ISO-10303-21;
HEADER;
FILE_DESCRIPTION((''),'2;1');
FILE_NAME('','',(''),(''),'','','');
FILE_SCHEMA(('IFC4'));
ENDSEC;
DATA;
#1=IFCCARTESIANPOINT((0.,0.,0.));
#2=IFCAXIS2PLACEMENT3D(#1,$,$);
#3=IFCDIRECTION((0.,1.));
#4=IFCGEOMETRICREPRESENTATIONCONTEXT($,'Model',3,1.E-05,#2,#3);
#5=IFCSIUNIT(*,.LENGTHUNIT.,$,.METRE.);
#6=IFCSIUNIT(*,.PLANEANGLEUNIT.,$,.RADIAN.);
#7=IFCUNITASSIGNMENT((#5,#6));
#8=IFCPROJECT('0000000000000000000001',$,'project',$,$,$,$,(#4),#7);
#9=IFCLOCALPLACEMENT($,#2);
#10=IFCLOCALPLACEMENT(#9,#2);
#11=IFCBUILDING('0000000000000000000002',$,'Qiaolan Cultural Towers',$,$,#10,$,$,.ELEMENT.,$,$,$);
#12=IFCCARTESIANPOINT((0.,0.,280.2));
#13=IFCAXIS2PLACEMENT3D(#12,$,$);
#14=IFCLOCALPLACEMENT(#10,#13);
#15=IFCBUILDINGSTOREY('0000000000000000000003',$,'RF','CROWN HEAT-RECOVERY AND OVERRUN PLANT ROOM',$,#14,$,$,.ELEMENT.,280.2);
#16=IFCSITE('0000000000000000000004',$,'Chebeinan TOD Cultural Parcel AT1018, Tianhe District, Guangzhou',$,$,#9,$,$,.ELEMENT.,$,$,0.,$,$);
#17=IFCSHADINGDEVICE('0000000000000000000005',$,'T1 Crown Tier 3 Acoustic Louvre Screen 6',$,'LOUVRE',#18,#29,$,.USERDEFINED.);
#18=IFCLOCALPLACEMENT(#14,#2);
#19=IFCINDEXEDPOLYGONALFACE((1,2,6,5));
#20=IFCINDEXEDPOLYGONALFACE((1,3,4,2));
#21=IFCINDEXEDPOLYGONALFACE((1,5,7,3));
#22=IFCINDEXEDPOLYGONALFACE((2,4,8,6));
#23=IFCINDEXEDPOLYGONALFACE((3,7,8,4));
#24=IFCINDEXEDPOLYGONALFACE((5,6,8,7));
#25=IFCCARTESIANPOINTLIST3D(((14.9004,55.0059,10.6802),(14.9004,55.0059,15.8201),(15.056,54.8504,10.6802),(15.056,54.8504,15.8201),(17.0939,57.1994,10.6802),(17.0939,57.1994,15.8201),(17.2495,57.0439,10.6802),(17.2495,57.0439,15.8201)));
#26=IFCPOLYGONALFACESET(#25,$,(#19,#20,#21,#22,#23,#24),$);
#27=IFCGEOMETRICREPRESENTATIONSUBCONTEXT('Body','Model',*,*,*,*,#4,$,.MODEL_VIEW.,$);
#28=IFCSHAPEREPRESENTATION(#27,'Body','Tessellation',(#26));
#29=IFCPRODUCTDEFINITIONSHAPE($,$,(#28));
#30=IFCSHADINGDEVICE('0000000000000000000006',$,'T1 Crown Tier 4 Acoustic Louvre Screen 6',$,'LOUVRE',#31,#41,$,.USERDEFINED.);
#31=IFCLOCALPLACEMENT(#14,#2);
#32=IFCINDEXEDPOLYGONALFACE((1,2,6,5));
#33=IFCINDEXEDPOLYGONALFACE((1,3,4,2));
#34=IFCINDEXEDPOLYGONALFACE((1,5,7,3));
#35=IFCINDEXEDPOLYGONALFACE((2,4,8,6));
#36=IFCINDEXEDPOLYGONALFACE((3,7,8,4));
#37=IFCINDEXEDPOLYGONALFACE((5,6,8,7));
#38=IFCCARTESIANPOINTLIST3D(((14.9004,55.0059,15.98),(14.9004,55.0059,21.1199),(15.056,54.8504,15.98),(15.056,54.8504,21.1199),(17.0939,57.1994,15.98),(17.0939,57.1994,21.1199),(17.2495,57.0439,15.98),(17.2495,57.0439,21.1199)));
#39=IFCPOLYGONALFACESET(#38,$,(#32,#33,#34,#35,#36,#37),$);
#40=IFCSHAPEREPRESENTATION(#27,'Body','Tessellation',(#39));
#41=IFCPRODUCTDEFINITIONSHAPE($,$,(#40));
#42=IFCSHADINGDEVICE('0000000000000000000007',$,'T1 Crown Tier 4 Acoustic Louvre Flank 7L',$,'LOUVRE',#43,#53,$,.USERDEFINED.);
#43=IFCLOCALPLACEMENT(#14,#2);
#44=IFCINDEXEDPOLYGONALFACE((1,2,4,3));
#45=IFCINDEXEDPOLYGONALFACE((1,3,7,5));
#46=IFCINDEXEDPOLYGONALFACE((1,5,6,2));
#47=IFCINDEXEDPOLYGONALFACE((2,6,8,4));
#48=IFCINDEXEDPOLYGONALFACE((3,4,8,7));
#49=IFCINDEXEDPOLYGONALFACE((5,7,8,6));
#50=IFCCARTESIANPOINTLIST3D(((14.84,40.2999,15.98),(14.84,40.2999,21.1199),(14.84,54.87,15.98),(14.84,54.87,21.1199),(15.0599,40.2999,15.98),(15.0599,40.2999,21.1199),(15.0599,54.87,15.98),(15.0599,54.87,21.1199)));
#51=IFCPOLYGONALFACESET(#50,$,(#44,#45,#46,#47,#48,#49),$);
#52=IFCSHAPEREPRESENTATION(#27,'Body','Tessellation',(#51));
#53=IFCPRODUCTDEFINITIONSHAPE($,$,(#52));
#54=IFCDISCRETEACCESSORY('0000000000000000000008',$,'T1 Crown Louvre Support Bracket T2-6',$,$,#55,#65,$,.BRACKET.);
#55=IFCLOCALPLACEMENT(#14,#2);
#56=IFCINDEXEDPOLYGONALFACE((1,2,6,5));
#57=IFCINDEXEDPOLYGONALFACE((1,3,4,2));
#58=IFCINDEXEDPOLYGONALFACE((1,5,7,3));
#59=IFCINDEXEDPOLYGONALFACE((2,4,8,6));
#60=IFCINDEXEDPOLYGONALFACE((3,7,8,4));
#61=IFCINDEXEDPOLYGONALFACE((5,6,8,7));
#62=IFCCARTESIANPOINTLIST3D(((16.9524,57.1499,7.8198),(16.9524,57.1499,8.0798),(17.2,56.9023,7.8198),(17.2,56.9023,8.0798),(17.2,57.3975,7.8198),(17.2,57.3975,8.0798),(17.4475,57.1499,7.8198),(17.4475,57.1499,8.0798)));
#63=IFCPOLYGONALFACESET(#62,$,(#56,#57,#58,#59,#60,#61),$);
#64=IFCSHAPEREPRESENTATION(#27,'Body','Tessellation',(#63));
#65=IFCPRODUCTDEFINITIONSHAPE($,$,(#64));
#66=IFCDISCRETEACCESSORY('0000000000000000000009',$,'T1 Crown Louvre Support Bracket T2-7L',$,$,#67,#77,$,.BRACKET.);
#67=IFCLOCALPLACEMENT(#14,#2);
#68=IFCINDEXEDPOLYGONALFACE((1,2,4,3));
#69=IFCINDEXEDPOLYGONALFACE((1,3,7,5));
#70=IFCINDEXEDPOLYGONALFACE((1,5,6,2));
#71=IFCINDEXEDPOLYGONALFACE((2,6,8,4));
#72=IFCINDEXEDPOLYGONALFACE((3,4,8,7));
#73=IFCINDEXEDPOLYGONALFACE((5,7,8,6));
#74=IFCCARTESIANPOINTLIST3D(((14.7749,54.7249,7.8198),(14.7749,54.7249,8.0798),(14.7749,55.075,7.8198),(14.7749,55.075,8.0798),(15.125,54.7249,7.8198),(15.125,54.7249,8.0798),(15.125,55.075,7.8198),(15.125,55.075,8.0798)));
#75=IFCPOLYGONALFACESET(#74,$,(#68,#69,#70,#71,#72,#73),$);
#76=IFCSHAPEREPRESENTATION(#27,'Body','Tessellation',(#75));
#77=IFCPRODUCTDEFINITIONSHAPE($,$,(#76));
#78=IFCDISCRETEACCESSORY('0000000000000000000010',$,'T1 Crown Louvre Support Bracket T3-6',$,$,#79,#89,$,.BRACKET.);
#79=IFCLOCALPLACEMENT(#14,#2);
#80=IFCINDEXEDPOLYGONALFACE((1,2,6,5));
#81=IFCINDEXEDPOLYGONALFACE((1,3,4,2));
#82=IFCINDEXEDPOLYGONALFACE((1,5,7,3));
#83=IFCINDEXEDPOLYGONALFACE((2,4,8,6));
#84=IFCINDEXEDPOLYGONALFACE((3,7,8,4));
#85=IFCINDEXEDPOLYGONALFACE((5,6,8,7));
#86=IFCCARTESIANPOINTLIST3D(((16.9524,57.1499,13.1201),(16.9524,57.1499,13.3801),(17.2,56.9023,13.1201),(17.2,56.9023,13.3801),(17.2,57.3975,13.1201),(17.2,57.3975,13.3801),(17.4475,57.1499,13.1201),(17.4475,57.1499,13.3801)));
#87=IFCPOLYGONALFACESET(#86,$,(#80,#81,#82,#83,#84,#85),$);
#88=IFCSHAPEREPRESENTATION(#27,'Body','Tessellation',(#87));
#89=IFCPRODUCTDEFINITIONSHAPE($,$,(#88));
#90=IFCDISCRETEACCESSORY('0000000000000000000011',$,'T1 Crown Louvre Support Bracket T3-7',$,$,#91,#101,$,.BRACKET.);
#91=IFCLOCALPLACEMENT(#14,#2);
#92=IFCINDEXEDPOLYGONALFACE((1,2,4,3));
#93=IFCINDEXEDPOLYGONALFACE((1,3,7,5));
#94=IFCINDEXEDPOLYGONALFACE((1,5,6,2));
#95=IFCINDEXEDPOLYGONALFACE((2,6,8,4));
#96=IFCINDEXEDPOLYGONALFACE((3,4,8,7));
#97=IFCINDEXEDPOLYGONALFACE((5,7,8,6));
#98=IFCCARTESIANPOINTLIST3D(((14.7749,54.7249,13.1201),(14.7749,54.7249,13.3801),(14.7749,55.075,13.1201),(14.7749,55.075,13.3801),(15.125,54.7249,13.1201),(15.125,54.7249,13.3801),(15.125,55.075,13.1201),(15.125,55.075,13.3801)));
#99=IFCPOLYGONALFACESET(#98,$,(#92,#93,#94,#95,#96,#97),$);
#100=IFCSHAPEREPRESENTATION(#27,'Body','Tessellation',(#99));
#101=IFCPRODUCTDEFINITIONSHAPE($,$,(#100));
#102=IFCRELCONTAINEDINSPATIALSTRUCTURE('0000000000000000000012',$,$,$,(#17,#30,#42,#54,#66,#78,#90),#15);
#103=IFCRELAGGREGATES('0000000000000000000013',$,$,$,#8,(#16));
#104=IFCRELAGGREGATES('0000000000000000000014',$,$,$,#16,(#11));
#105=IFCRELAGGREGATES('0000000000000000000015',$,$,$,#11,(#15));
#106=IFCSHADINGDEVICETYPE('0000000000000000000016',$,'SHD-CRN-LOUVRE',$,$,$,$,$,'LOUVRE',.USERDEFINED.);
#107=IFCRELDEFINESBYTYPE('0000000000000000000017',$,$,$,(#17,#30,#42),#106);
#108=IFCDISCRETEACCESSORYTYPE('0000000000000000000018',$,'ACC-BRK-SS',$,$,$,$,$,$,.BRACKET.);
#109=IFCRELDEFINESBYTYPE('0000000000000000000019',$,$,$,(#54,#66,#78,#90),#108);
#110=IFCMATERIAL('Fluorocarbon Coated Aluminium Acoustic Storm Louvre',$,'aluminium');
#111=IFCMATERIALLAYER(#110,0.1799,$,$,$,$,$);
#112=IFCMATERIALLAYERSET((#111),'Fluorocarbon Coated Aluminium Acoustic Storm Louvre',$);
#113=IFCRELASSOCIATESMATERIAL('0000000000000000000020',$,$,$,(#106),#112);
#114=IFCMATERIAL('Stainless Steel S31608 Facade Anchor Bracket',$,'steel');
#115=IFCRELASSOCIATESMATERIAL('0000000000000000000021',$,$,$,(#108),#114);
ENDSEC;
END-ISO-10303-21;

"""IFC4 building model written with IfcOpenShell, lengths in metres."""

from ifc_helpers import new_model, si_unit, direction, frame, origin, origin_2d, place, context, subcontext, project, spatial, rectangle, extrude, material, layer, layer_set, type_object, element, save


model = new_model("IFC4")

# Units and contexts
model_context = context("Model", 3, precision=1e-05, world=origin(), true_north=direction((0.0, 1.0)))
body_context = subcontext(model_context, "Body", "Model", "MODEL_VIEW")
ifc_project = project(units=[si_unit("LENGTHUNIT", "METRE"), si_unit("PLANEANGLEUNIT", "RADIAN")], contexts=[model_context])

# Site, building, storey
site_placement = place(None, origin())
site = spatial("IfcSite", under=ifc_project, at=site_placement, Name="Chebeinan TOD Cultural Parcel AT1018, Tianhe District, Guangzhou", CompositionType="ELEMENT", RefElevation=0.0)
building_placement = place(site_placement, origin())
building = spatial("IfcBuilding", under=site, at=building_placement, Name="Qiaolan Cultural Towers", CompositionType="ELEMENT")
storey_placement = place(building_placement, frame((0.0, 0.0, 280.2)))
storey = spatial("IfcBuildingStorey", under=building, at=storey_placement, Name="RF", Description="CROWN HEAT-RECOVERY AND OVERRUN PLANT ROOM", CompositionType="ELEMENT", Elevation=280.2)

# Shading devices
ifc_material_1 = material(Name="Fluorocarbon Coated Aluminium Acoustic Storm Louvre", Category="aluminium")
ifc_layer_1 = layer(ifc_material_1, 0.1799)
ifc_layer_set_1 = layer_set([ifc_layer_1], Name="Fluorocarbon Coated Aluminium Acoustic Storm Louvre")
shading_device_type = type_object("IfcShadingDeviceType", Name="SHD-CRN-LOUVRE", ElementType="LOUVRE", PredefinedType="USERDEFINED", material=ifc_layer_set_1)
for number, where, z_axis, x_axis, name in (
    (1, (16.075, 56.0249, 10.6802), (0.0, 0.0, 1.0), (-0.707107, -0.707107, 0.0), "T1 Crown Tier 3 Acoustic Louvre Screen 6"),
    (2, (16.075, 56.0249, 15.98), (0.0, 0.0, 1.0), (-0.707107, -0.707107, 0.0), "T1 Crown Tier 4 Acoustic Louvre Screen 6"),
):
    element("IfcShadingDevice", number, at=place(storey_placement, frame(where, z_axis=z_axis, x_axis=x_axis)), inside=storey, type_object=shading_device_type, Name=name, ObjectType="LOUVRE", PredefinedType="USERDEFINED", context=body_context, shape_type="SweptSolid", body=[
        extrude(rectangle(XDim=3.1021, YDim=0.22, at=origin_2d()), origin(), (0.0, 0.0, 1.0), 5.1399),
    ])
shading_device_1_placement = place(storey_placement, frame((14.95, 47.585, 15.98), z_axis=(0.0, 0.0, 1.0), x_axis=(0.0, -1.0, 0.0)))
element("IfcShadingDevice", 3, at=shading_device_1_placement, inside=storey, type_object=shading_device_type, Name="T1 Crown Tier 4 Acoustic Louvre Flank 7L", ObjectType="LOUVRE", PredefinedType="USERDEFINED", context=body_context, shape_type="SweptSolid", body=[
    extrude(rectangle(XDim=14.5701, YDim=0.22, at=origin_2d()), origin(), (0.0, 0.0, 1.0), 5.1399),
])

# Discrete accessories
ifc_material_2 = material(Name="Stainless Steel S31608 Facade Anchor Bracket", Category="steel")
discrete_accessory_type = type_object("IfcDiscreteAccessoryType", Name="ACC-BRK-SS", PredefinedType="BRACKET", material=ifc_material_2)
for number, where, z_axis, x_axis, name in (
    (4, (17.2, 57.1499, 7.8198), (0.0, 0.0, 1.0), (-0.707107, -0.707107, 0.0), "T1 Crown Louvre Support Bracket T2-6"),
    (5, (14.95, 54.8999, 7.8198), (0.0, 0.0, 1.0), (0.0, -1.0, 0.0), "T1 Crown Louvre Support Bracket T2-7L"),
    (6, (17.2, 57.1499, 13.1201), (0.0, 0.0, 1.0), (-0.707107, -0.707107, 0.0), "T1 Crown Louvre Support Bracket T3-6"),
    (7, (14.95, 54.8999, 13.1201), (0.0, 0.0, 1.0), (0.0, -1.0, 0.0), "T1 Crown Louvre Support Bracket T3-7"),
):
    element("IfcDiscreteAccessory", number, at=place(storey_placement, frame(where, z_axis=z_axis, x_axis=x_axis)), inside=storey, type_object=discrete_accessory_type, Name=name, PredefinedType="BRACKET", context=body_context, shape_type="SweptSolid", body=[
        extrude(rectangle(XDim=0.3501, YDim=0.3501, at=origin_2d()), origin(), (0.0, 0.0, 1.0), 0.26),
    ])

save(model, "model.ifc")
